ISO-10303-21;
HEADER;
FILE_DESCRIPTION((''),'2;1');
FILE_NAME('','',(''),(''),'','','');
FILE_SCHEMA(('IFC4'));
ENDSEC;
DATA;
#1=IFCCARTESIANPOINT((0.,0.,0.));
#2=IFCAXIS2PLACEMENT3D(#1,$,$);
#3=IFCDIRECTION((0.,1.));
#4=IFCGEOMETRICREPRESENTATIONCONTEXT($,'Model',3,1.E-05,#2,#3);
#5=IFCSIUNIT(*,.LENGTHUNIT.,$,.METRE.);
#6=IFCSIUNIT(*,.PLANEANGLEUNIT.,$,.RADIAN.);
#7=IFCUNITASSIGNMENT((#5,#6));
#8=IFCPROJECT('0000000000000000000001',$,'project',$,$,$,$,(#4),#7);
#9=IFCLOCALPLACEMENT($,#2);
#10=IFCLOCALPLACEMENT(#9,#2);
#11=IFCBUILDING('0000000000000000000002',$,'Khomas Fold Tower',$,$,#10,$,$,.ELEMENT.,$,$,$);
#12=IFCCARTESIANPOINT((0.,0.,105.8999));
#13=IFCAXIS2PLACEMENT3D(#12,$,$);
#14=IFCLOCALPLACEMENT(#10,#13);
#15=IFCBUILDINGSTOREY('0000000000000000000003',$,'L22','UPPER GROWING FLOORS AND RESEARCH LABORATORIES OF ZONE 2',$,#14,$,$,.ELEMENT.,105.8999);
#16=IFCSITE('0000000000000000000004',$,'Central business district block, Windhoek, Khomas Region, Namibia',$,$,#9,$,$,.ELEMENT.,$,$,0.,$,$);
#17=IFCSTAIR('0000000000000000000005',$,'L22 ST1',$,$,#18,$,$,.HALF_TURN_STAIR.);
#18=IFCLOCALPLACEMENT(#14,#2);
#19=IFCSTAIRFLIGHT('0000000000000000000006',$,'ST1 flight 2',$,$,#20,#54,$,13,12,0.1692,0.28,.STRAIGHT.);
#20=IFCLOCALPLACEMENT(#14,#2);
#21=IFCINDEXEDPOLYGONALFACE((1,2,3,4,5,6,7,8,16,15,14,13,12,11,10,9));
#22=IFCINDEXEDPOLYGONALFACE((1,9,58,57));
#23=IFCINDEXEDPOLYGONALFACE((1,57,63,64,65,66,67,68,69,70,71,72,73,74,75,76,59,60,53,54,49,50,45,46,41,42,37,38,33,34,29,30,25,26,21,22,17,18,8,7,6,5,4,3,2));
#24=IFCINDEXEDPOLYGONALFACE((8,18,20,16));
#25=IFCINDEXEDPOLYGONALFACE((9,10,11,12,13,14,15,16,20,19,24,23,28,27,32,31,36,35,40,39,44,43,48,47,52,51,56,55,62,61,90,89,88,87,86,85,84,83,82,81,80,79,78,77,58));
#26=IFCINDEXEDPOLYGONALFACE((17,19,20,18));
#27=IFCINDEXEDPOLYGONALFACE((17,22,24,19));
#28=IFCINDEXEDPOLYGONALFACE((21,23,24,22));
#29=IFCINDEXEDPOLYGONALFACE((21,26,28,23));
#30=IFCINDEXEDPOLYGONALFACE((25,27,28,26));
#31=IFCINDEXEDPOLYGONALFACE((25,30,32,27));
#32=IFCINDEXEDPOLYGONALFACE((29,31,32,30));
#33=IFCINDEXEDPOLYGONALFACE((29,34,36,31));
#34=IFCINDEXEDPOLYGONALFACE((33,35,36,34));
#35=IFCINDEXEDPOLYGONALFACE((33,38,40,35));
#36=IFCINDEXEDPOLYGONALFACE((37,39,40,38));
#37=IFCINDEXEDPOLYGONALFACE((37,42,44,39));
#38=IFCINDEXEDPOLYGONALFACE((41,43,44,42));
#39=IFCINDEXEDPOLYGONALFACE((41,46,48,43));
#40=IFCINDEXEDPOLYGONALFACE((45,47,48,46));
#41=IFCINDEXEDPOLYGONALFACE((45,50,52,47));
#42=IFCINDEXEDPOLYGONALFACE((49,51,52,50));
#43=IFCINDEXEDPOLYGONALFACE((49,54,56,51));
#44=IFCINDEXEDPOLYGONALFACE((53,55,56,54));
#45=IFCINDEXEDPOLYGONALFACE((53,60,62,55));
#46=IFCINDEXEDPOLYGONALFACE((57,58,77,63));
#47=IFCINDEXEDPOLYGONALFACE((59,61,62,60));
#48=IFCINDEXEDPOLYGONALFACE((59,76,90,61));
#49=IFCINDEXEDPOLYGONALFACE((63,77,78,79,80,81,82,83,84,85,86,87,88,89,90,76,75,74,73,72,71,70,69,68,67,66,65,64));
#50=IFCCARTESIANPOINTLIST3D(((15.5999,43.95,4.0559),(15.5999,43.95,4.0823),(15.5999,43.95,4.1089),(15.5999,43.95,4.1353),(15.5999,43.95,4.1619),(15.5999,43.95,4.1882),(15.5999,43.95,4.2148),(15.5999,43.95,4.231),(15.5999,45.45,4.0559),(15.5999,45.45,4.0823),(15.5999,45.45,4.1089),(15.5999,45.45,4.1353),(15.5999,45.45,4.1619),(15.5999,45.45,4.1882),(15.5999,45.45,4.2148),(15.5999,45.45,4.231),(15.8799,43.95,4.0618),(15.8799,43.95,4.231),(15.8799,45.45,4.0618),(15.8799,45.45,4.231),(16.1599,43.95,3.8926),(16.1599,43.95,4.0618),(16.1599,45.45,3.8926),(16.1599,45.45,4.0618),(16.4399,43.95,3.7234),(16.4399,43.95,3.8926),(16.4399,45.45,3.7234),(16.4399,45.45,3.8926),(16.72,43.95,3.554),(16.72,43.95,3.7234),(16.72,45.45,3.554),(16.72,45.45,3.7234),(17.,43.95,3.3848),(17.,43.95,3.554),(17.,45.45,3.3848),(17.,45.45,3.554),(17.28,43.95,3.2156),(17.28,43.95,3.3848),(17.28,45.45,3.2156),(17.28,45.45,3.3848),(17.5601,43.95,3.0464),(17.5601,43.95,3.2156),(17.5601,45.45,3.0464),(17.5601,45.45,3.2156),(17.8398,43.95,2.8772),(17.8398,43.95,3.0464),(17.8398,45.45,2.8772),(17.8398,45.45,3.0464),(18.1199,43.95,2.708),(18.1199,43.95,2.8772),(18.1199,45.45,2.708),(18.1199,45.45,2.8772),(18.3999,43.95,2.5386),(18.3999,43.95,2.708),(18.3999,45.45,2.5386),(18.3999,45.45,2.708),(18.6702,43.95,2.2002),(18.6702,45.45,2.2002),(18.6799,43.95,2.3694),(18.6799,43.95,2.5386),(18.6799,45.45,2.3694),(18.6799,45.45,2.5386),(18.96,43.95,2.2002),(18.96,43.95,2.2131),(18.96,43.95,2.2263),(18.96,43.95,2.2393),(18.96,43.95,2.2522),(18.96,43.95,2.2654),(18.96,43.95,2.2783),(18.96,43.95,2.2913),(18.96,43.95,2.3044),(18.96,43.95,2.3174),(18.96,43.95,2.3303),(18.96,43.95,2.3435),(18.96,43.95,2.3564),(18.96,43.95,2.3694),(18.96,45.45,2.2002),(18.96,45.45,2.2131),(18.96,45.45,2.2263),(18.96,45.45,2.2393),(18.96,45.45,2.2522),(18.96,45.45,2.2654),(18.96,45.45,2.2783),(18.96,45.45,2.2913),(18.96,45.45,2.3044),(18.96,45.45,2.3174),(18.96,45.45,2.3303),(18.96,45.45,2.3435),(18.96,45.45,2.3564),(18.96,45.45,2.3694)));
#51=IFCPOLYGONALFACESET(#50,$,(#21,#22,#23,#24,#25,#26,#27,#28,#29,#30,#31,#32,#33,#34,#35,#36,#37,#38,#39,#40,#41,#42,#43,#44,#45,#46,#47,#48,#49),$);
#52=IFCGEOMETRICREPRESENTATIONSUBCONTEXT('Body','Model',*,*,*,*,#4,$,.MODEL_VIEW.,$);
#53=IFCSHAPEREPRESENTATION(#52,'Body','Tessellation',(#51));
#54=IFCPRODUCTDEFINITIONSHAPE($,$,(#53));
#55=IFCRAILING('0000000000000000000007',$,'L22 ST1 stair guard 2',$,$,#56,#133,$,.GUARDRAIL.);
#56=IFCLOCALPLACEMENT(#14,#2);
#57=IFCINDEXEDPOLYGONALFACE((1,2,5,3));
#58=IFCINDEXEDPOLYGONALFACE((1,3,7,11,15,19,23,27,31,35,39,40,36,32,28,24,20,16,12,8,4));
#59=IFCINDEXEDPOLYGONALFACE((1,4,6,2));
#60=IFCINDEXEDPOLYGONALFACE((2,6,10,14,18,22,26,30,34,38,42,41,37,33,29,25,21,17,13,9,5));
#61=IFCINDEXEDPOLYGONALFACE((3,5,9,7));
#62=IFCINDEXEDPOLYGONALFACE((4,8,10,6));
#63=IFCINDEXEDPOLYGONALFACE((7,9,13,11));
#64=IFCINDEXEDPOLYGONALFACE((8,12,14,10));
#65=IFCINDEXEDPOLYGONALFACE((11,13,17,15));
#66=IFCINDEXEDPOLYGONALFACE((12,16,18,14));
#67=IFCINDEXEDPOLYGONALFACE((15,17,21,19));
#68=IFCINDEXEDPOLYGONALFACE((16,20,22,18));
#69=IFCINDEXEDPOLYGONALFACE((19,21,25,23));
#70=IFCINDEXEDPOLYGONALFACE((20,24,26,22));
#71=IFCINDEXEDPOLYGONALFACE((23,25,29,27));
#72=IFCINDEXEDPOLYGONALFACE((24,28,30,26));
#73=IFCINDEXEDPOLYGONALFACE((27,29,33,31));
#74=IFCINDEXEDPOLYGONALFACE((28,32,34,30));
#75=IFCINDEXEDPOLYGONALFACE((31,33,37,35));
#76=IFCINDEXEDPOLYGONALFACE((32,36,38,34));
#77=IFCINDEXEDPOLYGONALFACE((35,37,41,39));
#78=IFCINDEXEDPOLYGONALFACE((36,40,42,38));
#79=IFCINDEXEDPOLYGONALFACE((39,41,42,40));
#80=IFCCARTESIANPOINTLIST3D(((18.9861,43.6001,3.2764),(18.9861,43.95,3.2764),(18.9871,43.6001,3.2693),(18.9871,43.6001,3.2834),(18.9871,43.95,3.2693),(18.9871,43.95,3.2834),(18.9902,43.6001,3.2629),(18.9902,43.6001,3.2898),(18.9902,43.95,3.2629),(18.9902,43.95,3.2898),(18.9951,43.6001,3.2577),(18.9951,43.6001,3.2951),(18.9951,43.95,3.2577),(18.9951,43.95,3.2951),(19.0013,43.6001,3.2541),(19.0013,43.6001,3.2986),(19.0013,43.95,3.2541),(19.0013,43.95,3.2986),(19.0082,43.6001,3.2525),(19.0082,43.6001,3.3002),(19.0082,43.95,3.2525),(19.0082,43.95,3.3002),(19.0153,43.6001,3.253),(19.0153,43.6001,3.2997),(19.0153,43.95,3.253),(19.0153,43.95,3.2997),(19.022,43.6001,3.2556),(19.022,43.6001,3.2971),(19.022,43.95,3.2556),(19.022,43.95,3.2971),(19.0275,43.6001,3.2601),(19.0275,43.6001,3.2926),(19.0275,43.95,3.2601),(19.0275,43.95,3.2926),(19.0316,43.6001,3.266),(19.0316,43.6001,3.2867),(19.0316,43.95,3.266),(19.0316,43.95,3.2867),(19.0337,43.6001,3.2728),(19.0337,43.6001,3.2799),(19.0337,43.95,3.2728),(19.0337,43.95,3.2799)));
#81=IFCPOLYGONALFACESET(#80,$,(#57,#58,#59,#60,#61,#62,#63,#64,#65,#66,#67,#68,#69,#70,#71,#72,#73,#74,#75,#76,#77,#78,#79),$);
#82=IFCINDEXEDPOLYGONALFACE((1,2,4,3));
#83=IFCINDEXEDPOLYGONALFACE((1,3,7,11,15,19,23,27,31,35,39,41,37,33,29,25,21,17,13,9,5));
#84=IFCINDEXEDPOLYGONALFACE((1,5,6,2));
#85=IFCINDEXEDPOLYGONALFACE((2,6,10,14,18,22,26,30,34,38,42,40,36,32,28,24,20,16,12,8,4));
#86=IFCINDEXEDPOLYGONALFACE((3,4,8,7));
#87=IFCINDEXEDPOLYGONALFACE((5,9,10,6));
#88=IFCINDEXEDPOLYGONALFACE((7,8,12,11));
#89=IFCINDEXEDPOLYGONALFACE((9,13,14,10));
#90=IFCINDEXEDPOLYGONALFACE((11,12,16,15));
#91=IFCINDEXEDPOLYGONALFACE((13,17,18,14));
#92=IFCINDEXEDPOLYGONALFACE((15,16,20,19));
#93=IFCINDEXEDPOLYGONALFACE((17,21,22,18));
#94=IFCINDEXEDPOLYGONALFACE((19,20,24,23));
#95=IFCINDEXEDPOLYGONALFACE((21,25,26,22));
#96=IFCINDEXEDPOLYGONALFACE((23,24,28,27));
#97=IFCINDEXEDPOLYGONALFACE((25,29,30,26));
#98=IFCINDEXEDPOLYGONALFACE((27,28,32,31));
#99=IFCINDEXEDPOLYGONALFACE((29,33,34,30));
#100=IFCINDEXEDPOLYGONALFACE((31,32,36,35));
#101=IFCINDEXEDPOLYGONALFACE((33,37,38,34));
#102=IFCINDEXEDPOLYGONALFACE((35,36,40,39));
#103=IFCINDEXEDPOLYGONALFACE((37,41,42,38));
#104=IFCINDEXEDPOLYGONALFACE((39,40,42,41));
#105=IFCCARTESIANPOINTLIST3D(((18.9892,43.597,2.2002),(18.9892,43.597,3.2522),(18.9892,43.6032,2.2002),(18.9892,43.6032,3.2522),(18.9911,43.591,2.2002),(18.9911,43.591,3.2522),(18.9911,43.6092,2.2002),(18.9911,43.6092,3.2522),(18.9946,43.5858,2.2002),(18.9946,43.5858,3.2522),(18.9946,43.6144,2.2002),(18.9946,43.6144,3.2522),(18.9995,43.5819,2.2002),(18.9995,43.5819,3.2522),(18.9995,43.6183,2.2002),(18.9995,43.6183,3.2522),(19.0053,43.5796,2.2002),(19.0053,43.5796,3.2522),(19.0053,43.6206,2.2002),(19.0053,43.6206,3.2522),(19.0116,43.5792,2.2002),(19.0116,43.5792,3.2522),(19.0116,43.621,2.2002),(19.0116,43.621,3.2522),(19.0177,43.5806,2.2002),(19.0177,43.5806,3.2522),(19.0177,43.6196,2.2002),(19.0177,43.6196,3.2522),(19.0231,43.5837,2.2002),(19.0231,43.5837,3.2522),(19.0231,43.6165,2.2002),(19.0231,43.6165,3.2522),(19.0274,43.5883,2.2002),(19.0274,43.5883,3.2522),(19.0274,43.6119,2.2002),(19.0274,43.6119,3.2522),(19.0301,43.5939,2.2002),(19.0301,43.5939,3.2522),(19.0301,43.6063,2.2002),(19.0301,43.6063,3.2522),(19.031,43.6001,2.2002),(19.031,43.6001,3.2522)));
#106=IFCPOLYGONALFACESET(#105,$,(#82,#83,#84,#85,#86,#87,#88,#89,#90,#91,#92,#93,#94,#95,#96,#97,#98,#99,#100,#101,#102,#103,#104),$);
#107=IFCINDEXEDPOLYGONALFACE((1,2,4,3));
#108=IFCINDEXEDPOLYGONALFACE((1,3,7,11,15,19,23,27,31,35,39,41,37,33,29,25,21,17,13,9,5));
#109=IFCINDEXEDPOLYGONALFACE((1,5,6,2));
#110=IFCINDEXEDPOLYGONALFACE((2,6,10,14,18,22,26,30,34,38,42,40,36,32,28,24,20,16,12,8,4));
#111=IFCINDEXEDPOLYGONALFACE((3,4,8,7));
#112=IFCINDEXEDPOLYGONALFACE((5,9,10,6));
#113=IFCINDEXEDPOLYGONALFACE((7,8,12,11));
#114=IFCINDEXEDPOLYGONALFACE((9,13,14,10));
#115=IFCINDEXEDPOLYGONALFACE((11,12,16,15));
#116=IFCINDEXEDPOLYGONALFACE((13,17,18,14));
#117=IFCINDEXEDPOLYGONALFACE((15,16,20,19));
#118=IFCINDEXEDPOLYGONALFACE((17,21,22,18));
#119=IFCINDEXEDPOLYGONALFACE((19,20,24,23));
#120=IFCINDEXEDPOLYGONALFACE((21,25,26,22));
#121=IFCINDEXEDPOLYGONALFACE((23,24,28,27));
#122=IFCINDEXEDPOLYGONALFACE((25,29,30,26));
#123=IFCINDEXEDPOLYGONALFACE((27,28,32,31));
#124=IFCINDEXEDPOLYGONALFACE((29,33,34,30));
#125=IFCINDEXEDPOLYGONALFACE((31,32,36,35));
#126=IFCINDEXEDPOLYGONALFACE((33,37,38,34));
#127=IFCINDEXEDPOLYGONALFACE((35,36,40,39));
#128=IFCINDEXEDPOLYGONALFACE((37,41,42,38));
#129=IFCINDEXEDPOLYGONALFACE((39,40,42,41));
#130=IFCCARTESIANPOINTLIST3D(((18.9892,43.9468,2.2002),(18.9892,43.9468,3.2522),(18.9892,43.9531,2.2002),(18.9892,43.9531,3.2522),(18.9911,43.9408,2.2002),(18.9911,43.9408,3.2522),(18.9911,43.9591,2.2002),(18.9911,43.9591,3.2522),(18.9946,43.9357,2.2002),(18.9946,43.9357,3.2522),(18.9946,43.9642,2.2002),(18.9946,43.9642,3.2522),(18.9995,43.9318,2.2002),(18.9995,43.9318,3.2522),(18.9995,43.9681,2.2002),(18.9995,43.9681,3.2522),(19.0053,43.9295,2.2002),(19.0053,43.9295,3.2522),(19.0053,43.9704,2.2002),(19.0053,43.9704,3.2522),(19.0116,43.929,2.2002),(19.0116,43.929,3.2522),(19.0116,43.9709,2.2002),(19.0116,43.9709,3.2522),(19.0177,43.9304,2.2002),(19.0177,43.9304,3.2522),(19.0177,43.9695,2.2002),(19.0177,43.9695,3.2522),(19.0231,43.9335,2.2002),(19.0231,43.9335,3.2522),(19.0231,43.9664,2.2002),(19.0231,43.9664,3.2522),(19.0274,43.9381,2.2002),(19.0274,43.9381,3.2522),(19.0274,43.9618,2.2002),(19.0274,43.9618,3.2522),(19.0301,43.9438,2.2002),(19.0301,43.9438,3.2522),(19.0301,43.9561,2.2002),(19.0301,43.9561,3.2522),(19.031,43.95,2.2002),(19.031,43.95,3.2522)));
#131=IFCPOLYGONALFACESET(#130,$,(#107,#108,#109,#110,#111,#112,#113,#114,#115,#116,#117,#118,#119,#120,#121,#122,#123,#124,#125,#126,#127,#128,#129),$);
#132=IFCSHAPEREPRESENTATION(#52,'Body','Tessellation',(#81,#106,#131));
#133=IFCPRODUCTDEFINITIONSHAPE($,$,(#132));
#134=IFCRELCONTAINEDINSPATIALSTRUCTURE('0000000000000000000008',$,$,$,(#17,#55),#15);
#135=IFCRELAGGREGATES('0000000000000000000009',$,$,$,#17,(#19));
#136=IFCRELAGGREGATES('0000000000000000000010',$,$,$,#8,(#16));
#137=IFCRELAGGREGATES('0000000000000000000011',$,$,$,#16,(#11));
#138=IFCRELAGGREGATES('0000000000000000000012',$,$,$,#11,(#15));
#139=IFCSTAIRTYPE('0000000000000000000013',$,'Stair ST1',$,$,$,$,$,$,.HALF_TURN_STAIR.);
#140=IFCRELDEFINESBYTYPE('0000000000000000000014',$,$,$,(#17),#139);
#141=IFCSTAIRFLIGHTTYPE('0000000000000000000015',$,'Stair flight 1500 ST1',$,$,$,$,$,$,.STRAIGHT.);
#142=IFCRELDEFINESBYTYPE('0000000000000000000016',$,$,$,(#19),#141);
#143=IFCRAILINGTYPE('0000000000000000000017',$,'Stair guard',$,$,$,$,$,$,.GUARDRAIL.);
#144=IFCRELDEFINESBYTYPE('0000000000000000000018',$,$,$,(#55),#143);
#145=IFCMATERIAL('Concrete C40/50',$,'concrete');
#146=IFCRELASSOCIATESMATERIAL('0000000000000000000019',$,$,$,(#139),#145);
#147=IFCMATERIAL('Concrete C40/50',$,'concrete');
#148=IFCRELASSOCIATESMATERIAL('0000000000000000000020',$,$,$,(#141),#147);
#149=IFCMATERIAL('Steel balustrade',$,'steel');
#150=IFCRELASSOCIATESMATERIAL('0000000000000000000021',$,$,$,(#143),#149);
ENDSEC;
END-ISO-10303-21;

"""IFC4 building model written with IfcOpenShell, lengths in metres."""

from ifc_helpers import new_model, si_unit, direction, frame, origin, origin_2d, place, context, subcontext, project, spatial, polyline, circle, outline, extrude, source, transform, mapped, material, type_object, element, aggregate, save


model = new_model("IFC4")

# Units and contexts
model_context = context("Model", 3, precision=1e-05, world=origin(), true_north=direction((0.0, 1.0)))
body_context = subcontext(model_context, "Body", "Model", "MODEL_VIEW")
ifc_project = project(units=[si_unit("LENGTHUNIT", "METRE"), si_unit("PLANEANGLEUNIT", "RADIAN")], contexts=[model_context])

# Site, building, storey
site_placement = place(None, origin())
site = spatial("IfcSite", under=ifc_project, at=site_placement, Name="Central business district block, Windhoek, Khomas Region, Namibia", CompositionType="ELEMENT", RefElevation=0.0)
building_placement = place(site_placement, origin())
building = spatial("IfcBuilding", under=site, at=building_placement, Name="Khomas Fold Tower", CompositionType="ELEMENT")
storey_placement = place(building_placement, frame((0.0, 0.0, 105.8999)))
storey = spatial("IfcBuildingStorey", under=building, at=storey_placement, Name="L22", Description="UPPER GROWING FLOORS AND RESEARCH LABORATORIES OF ZONE 2", CompositionType="ELEMENT", Elevation=105.8999)

# Stair, stair flight
ifc_material_1 = material(Name="Concrete C40/50", Category="concrete")
stair_type = type_object("IfcStairType", Name="Stair ST1", PredefinedType="HALF_TURN_STAIR", material=ifc_material_1)
stair_placement = place(storey_placement, origin())
stair = element("IfcStair", 1, at=stair_placement, inside=storey, type_object=stair_type, Name="L22 ST1", PredefinedType="HALF_TURN_STAIR")
ifc_material_2 = material(Name="Concrete C40/50", Category="concrete")
stair_flight_type = type_object("IfcStairFlightType", Name="Stair flight 1500 ST1", PredefinedType="STRAIGHT", material=ifc_material_2)
shared_shape_1 = source(origin(), body_context, "Body", "SweptSolid", [
    extrude(outline(polyline([(0.0, 0.0), (0.0, 0.0129), (0.0, 0.0261), (0.0, 0.0391), (0.0, 0.052), (0.0, 0.0652), (0.0, 0.0781), (0.0, 0.0911), (0.0, 0.1042), (0.0, 0.1172), (0.0, 0.1301), (0.0, 0.1433), (0.0, 0.1562), (0.0, 0.1692), (0.28, 0.1692), (0.28, 0.3384), (0.5601, 0.3384), (0.5601, 0.5078), (0.8401, 0.5078), (0.8401, 0.677), (1.1201, 0.677), (1.1201, 0.8462), (1.3999, 0.8462), (1.3999, 1.0154), (1.6799, 1.0154), (1.6799, 1.1846), (1.96, 1.1846), (1.96, 1.3538), (2.24, 1.3538), (2.24, 1.5232), (2.52, 1.5232), (2.52, 1.6924), (2.8, 1.6924), (2.8, 1.8616), (3.0801, 1.8616), (3.0801, 2.0308), (3.3601, 2.0308), (3.3601, 2.2), (3.3601, 2.1736), (3.3601, 2.147), (3.3601, 2.1206), (3.3601, 2.094), (3.3601, 2.0676), (3.3601, 2.041), (3.3601, 2.0146), (3.3601, 1.988), (3.3601, 1.9617), (3.3601, 1.9351), (3.3601, 1.9087), (3.3601, 1.8821), (3.3601, 1.8557), (0.2898, 0.0), (0.0, 0.0)])), frame((0.0, 0.75, 0.0), z_axis=(0.0, -1.0, 0.0), x_axis=(1.0, 0.0, 0.0)), (0.0, 0.0, 1.0), 1.5),
])
stair_flight_1_placement = place(storey_placement, frame((18.96, 44.7, 2.2002), z_axis=(0.0, 0.0, 1.0), x_axis=(-1.0, 0.0, 0.0)))
stair_flight_1 = element("IfcStairFlight", 2, at=stair_flight_1_placement, type_object=stair_flight_type, Name="ST1 flight 2", NumberOfRisers=13, NumberOfTreads=12, PredefinedType="STRAIGHT", RiserHeight=0.1692, TreadLength=0.28, context=body_context, shape_type="MappedRepresentation", body=[
    mapped(shared_shape_1, transform((0.0, 0.0, 0.0))),
])
aggregate(stair, [stair_flight_1])

# Railing
ifc_material_3 = material(Name="Steel balustrade", Category="steel")
railing_type_1 = type_object("IfcRailingType", Name="Stair guard", PredefinedType="GUARDRAIL", material=ifc_material_3)
shared_shape_2 = source(origin(), body_context, "Body", "SweptSolid", [
    extrude(circle(Radius=0.0239, at=origin_2d()), frame((0.0, 0.0, 1.0762), z_axis=(0.0, 1.0, 0.0), x_axis=(-1.0, 0.0, 0.0)), (0.0, 0.0, 1.0), 0.3499),
    extrude(circle(Radius=0.021, at=origin_2d()), origin(), (0.0, 0.0, 1.0), 1.052),
    extrude(circle(Radius=0.021, at=origin_2d()), frame((0.0, 0.3499, 0.0)), (0.0, 0.0, 1.0), 1.052),
])
for number, where, name in (
    (3, (19.01, 43.6001, 2.2002), "L22 ST1 stair guard 2"),
):
    element("IfcRailing", number, at=place(storey_placement, frame(where)), inside=storey, type_object=railing_type_1, Name=name, PredefinedType="GUARDRAIL", context=body_context, shape_type="MappedRepresentation", body=[
        mapped(shared_shape_2, transform((0.0, 0.0, 0.0))),
    ])

save(model, "model.ifc")
